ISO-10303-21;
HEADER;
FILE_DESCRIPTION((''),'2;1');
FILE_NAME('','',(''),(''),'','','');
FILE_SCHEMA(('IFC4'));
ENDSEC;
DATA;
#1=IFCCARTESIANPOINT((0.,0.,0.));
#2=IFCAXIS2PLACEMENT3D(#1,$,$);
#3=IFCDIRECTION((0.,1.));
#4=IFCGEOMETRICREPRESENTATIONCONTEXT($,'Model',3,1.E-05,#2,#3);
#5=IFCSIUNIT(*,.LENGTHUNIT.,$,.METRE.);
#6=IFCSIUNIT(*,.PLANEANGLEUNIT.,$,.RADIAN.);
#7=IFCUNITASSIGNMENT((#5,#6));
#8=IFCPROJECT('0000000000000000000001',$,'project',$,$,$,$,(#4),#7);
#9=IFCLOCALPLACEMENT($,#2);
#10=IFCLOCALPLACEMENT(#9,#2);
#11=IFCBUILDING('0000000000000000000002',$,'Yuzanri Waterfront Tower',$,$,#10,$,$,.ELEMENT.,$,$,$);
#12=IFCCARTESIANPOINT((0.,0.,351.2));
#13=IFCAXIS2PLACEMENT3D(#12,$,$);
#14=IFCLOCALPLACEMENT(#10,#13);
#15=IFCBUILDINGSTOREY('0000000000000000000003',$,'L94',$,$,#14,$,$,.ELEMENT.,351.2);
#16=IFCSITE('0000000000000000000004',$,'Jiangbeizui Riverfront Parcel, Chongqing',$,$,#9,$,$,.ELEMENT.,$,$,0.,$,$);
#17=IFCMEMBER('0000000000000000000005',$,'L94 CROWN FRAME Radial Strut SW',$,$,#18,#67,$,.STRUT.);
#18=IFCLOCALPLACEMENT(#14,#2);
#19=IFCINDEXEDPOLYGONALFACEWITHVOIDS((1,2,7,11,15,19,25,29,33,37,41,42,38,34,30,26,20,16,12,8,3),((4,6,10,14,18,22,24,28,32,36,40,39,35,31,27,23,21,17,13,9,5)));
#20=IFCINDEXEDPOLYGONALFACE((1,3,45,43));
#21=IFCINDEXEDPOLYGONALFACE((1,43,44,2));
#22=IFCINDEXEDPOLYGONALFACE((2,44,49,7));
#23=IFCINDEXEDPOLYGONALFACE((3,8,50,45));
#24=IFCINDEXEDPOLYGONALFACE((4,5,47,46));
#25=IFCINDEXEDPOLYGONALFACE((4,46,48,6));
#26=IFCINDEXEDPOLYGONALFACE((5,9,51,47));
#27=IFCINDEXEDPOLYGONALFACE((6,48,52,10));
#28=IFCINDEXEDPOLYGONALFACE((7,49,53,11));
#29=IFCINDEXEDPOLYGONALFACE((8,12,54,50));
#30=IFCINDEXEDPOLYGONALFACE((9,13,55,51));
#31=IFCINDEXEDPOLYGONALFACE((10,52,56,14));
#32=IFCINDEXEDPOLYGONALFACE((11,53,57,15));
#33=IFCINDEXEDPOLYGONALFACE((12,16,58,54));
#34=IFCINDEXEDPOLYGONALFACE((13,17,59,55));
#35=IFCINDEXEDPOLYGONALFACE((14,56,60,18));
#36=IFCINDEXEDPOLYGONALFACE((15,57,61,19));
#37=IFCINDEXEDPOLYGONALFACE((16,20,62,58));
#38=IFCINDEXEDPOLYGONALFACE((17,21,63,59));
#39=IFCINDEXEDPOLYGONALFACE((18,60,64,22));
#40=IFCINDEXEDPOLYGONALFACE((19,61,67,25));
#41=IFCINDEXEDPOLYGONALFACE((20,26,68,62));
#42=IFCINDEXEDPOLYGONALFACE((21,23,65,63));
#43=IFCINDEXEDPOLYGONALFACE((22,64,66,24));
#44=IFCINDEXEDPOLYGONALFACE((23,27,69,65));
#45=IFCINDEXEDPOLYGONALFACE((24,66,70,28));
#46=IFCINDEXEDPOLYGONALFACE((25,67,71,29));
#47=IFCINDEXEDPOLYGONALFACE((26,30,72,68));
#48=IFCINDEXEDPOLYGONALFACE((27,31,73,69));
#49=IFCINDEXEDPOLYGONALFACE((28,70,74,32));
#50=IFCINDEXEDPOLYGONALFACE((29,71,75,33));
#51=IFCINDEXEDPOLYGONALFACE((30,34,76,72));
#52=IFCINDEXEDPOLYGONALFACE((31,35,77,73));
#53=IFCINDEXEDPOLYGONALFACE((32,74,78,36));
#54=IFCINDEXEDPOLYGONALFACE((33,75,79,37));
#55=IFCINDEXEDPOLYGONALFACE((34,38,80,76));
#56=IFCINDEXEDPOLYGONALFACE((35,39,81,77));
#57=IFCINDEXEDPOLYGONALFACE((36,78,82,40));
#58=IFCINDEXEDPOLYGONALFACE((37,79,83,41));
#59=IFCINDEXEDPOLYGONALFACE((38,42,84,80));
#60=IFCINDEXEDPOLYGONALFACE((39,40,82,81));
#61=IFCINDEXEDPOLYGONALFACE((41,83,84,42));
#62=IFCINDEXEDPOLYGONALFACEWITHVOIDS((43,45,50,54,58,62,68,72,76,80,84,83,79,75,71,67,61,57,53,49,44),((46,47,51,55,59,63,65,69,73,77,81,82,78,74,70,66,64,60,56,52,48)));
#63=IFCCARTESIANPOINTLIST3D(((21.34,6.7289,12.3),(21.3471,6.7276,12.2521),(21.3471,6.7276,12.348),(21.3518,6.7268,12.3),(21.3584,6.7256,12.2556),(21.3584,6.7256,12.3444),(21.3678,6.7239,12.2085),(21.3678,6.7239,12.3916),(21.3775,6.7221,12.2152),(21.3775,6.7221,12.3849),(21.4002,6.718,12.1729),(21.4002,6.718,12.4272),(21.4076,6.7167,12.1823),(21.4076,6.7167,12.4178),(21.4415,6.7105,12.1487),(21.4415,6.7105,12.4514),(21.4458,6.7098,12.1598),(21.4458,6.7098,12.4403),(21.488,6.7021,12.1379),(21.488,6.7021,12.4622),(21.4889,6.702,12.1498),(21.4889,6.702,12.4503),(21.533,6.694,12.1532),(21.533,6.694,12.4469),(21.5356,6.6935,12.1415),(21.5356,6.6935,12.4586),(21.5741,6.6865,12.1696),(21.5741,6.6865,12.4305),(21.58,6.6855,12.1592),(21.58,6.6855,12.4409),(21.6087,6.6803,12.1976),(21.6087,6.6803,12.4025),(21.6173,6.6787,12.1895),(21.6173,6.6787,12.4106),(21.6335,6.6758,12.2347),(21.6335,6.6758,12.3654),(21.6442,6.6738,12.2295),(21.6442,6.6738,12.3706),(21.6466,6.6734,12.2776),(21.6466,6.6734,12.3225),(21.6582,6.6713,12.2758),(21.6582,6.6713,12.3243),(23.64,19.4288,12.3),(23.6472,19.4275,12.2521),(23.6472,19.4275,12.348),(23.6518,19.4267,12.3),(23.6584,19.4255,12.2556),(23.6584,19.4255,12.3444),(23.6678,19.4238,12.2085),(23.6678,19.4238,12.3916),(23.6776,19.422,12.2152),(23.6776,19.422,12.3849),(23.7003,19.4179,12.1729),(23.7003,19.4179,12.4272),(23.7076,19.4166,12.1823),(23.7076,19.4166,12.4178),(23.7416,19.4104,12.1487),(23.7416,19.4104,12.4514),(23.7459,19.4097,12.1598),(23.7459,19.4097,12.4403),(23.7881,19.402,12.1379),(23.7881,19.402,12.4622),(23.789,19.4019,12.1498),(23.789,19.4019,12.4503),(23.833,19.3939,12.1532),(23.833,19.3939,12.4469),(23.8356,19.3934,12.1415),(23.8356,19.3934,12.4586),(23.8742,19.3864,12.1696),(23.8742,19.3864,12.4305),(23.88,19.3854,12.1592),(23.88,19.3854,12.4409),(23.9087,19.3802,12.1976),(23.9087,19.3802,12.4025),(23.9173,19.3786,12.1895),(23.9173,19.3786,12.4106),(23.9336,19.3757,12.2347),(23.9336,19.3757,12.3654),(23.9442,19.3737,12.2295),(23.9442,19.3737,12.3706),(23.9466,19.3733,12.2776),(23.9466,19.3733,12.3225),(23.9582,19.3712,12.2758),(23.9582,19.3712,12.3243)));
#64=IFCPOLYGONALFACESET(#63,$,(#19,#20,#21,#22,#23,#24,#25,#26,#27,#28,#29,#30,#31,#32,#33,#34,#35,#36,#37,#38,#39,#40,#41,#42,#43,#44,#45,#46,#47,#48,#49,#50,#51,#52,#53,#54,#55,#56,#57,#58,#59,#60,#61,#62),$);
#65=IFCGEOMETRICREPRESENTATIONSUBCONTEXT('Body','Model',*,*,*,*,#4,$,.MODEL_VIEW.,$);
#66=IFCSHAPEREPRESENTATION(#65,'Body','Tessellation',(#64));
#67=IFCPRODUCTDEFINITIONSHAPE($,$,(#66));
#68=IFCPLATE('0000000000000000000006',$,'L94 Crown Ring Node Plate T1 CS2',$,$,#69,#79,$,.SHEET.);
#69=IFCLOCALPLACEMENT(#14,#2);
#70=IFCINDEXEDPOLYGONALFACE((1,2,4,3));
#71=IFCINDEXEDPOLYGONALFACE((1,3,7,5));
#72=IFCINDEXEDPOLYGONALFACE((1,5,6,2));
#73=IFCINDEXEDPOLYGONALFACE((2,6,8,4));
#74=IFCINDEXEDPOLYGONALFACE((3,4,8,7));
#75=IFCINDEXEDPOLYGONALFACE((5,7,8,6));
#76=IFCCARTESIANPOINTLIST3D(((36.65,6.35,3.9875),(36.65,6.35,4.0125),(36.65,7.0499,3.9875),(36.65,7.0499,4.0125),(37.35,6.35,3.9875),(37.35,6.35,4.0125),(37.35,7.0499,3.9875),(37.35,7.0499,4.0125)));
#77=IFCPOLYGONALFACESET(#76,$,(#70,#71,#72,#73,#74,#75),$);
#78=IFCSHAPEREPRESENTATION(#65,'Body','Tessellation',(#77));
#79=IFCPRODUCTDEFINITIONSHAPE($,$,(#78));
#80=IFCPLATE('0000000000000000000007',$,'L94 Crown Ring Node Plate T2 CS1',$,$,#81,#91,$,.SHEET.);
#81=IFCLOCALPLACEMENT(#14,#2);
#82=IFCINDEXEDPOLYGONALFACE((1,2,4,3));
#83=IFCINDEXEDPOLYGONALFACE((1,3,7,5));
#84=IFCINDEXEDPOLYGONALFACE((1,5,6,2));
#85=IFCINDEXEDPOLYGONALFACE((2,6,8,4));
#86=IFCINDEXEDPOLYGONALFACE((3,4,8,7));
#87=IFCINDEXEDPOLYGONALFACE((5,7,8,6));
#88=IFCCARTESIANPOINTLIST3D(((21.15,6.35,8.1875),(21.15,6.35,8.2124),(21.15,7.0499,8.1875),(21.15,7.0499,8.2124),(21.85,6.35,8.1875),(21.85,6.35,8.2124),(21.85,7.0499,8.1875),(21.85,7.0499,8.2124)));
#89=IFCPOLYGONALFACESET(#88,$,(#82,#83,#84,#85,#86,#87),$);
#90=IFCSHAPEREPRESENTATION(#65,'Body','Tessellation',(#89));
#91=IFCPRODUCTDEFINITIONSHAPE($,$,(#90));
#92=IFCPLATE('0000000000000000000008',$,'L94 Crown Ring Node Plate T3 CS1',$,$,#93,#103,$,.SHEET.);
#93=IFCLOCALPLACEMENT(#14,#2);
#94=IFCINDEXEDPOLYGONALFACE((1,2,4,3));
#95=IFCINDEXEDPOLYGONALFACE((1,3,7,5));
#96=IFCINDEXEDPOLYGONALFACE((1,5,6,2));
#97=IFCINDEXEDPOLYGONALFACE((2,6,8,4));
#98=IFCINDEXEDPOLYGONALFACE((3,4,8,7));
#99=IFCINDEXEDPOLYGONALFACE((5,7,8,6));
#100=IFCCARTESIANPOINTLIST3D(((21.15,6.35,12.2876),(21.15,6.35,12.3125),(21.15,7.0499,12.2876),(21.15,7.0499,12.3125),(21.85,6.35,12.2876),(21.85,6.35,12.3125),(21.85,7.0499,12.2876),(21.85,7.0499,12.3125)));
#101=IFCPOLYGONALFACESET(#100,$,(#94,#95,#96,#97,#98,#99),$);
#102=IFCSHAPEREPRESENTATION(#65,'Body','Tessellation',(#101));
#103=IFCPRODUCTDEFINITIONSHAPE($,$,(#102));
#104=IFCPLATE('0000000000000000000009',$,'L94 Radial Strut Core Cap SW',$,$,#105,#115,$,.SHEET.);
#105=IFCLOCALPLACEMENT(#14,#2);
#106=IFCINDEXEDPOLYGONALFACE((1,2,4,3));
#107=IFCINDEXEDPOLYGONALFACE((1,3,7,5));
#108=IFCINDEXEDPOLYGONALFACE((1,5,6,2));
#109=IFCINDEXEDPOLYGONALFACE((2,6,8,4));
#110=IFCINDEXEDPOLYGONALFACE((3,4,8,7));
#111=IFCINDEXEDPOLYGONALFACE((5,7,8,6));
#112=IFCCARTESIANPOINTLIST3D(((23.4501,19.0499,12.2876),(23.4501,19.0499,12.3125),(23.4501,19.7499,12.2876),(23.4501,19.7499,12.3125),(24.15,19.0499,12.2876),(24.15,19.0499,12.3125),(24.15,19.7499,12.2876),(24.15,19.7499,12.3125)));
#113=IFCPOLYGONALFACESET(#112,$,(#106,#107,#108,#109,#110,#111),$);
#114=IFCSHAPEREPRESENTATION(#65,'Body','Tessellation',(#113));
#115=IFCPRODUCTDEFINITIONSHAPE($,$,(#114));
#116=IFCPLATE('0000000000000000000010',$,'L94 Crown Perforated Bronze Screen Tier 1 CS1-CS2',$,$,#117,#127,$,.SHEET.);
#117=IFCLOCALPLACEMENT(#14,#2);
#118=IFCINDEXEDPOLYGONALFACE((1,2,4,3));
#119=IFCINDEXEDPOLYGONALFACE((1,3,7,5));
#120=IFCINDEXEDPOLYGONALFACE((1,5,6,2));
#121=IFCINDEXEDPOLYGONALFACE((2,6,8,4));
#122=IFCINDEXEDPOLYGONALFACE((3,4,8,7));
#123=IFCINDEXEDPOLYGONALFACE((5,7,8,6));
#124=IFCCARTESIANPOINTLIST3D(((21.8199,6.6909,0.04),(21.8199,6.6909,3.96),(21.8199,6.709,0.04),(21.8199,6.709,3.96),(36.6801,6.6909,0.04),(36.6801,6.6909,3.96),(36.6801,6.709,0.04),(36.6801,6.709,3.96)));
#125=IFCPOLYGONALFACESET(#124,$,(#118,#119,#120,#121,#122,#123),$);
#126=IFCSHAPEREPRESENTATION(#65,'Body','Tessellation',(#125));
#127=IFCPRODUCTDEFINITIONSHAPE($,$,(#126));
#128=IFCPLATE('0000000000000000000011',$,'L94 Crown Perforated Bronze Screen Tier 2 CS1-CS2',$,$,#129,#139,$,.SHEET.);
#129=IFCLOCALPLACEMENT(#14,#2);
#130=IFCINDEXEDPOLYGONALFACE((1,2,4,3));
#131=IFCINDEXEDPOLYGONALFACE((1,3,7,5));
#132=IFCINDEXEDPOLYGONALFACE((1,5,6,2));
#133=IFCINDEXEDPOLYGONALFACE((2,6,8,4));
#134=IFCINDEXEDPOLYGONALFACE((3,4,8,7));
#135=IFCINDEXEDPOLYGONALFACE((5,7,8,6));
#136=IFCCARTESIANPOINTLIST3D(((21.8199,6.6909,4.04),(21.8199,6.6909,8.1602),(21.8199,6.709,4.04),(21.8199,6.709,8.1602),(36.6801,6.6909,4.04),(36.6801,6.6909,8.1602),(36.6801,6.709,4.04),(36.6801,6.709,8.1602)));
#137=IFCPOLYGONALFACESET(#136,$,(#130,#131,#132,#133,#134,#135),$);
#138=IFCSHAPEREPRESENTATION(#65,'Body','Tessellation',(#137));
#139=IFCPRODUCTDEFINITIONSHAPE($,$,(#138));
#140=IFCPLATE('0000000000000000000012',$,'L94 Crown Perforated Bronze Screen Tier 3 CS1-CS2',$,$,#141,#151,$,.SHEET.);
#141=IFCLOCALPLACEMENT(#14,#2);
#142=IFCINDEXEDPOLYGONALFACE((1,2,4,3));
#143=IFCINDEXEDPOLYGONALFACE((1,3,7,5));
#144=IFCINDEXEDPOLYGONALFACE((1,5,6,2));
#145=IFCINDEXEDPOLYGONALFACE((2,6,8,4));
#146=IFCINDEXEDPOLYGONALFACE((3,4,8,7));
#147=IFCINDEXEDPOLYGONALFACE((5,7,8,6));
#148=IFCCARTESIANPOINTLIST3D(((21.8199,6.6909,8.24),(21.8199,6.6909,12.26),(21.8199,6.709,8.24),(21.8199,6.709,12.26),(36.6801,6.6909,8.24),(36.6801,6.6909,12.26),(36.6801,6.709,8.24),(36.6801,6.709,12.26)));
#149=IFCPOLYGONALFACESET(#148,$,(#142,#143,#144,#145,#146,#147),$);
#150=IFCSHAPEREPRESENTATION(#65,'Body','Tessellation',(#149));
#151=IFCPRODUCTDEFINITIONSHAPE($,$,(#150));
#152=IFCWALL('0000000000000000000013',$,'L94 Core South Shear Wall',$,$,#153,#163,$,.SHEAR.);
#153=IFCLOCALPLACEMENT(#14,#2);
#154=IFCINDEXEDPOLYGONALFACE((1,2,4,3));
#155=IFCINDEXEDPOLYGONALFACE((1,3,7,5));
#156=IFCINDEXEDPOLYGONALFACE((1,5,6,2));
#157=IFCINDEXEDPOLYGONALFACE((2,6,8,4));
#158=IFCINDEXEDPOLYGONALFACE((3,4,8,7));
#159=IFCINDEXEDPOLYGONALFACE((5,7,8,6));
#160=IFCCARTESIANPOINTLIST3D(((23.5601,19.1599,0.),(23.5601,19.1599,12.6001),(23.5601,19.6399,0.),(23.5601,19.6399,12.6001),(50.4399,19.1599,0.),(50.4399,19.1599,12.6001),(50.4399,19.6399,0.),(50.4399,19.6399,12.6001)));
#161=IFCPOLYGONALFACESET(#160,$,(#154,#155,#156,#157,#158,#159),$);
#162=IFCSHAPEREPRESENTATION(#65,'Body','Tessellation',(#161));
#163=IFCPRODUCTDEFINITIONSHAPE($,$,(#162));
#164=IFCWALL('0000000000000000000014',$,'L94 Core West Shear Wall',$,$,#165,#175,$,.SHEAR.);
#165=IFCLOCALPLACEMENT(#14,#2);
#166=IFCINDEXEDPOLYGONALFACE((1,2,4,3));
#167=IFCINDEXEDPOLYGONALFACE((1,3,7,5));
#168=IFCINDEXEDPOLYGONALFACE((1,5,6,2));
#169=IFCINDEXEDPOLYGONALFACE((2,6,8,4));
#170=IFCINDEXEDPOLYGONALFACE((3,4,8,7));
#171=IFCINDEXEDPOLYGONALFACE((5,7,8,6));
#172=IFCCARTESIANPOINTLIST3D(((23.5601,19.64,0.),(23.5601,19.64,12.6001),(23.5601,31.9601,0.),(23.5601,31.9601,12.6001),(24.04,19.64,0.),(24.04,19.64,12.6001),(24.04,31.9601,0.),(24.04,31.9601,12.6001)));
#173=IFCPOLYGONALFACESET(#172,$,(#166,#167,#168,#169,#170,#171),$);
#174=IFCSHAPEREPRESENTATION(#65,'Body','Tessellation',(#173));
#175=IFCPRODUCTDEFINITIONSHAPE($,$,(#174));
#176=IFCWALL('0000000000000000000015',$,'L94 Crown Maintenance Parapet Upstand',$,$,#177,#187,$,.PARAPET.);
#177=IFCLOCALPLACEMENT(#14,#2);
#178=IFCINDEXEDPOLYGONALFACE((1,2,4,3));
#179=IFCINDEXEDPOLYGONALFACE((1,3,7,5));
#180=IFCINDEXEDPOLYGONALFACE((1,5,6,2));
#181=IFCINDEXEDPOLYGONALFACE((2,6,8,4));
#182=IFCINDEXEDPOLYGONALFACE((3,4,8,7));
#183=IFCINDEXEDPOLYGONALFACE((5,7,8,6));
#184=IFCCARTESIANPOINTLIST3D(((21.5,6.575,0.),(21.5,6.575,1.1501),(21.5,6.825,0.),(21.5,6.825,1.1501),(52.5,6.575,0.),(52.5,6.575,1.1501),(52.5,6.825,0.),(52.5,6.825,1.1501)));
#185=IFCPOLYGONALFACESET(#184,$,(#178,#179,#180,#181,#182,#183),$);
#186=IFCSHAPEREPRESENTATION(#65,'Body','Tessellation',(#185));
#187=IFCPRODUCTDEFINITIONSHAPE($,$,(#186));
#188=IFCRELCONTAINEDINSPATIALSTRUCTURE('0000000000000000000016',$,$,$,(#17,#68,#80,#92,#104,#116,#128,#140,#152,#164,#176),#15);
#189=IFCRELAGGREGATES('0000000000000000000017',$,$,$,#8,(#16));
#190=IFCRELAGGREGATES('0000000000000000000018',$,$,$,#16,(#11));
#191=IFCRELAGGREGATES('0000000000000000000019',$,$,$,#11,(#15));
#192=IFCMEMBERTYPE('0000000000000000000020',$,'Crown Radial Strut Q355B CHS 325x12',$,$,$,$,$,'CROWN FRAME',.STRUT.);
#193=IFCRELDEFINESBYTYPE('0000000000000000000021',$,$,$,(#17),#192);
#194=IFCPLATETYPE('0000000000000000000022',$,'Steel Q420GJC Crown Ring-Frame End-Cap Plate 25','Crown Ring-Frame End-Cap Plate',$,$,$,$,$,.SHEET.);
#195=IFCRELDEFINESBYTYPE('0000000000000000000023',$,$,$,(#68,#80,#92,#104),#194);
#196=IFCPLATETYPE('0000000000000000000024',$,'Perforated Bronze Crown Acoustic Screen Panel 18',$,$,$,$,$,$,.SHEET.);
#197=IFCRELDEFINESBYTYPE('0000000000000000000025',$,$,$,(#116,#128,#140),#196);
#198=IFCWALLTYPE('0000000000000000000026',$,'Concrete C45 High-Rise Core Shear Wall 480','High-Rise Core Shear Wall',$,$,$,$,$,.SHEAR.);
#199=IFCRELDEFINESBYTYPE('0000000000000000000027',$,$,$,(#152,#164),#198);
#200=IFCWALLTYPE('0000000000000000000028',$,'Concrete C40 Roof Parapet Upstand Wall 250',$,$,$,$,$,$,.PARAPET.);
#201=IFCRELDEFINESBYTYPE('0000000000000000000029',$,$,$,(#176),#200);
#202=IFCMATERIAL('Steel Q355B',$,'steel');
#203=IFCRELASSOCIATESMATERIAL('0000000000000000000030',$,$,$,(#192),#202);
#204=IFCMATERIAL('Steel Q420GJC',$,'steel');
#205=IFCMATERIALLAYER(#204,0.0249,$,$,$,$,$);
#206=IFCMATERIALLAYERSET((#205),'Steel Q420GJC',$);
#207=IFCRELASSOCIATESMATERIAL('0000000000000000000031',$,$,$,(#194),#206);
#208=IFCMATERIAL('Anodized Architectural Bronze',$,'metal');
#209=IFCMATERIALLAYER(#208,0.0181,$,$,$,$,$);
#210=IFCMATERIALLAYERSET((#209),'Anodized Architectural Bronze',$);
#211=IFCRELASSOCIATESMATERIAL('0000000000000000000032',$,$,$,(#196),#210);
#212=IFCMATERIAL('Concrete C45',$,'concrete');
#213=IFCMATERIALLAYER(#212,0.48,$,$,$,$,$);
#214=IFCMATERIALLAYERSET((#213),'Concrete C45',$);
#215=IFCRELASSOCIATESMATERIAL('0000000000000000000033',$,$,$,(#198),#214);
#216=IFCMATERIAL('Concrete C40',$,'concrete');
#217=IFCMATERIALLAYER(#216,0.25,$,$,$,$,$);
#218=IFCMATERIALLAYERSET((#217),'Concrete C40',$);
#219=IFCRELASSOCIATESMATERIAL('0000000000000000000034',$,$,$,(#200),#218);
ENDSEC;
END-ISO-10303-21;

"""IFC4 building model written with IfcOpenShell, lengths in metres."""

from ifc_helpers import new_model, si_unit, direction, frame, frame_2d, origin, origin_2d, place, context, subcontext, project, spatial, rectangle, hollow_circle, extrude, source, transform, mapped, material, layer, layer_set, material_profile, profile_set, type_object, element, save


model = new_model("IFC4")

# Units and contexts
model_context = context("Model", 3, precision=1e-05, world=origin(), true_north=direction((0.0, 1.0)))
body_context = subcontext(model_context, "Body", "Model", "MODEL_VIEW")
ifc_project = project(units=[si_unit("LENGTHUNIT", "METRE"), si_unit("PLANEANGLEUNIT", "RADIAN")], contexts=[model_context])

# Site, building, storey
site_placement = place(None, origin())
site = spatial("IfcSite", under=ifc_project, at=site_placement, Name="Jiangbeizui Riverfront Parcel, Chongqing", CompositionType="ELEMENT", RefElevation=0.0)
building_placement = place(site_placement, origin())
building = spatial("IfcBuilding", under=site, at=building_placement, Name="Yuzanri Waterfront Tower", CompositionType="ELEMENT")
storey_placement = place(building_placement, frame((0.0, 0.0, 351.2)))
storey = spatial("IfcBuildingStorey", under=building, at=storey_placement, Name="L94", CompositionType="ELEMENT", Elevation=351.2)

# Member
ifc_material_1 = material(Name="Steel Q355B", Category="steel")
ifc_material_profile_1 = material_profile(ifc_material_1, hollow_circle(Radius=0.1626, WallThickness=0.012, at=origin_2d()), Name="CHS 325x12")
ifc_profile_set_1 = profile_set([ifc_material_profile_1], Name="Steel Q355B")
member_type_1 = type_object("IfcMemberType", Name="Crown Radial Strut Q355B CHS 325x12", ElementType="CROWN FRAME", PredefinedType="STRUT", material=ifc_profile_set_1)
shared_shape_1 = source(origin(), body_context, "Body", "SweptSolid", [
    extrude(hollow_circle(Radius=0.1626, WallThickness=0.012, at=origin_2d()), origin(), (0.0, 0.0, 1.0), 12.9065),
])
member_1_placement = place(storey_placement, frame((21.5, 6.7, 12.3), z_axis=(0.178208, 0.983993, 0.0), x_axis=(-0.983993, 0.178208, 0.0)))
element("IfcMember", 1, at=member_1_placement, inside=storey, type_object=member_type_1, Name="L94 CROWN FRAME Radial Strut SW", PredefinedType="STRUT", context=body_context, shape_type="MappedRepresentation", body=[
    mapped(shared_shape_1, transform((0.0, 0.0, 0.0), scale=1.0)),
])

# Plates
ifc_material_2 = material(Name="Steel Q420GJC", Category="steel")
ifc_layer_1 = layer(ifc_material_2, 0.0249)
ifc_layer_set_1 = layer_set([ifc_layer_1], Name="Steel Q420GJC")
plate_type_1 = type_object("IfcPlateType", Name="Steel Q420GJC Crown Ring-Frame End-Cap Plate 25", Description="Crown Ring-Frame End-Cap Plate", PredefinedType="SHEET", material=ifc_layer_set_1)
shared_shape_2 = source(origin(), body_context, "Body", "SweptSolid", [
    extrude(rectangle(XDim=0.7, YDim=0.7, at=origin_2d()), origin(), (0.0, 0.0, 1.0), 0.0249),
])
for number, where, z_axis, x_axis, name in (
    (2, (37.0, 6.7, 3.9875), (0.0, 0.0, 1.0), (1.0, 0.0, 0.0), "L94 Crown Ring Node Plate T1 CS2"),
    (3, (21.5, 6.7, 8.1875), (0.0, 0.0, 1.0), (1.0, 0.0, 0.0), "L94 Crown Ring Node Plate T2 CS1"),
    (4, (21.5, 6.7, 12.2876), (0.0, 0.0, 1.0), (1.0, 0.0, 0.0), "L94 Crown Ring Node Plate T3 CS1"),
    (5, (23.8, 19.3999, 12.2876), (0.0, 0.0, 1.0), (1.0, 0.0, 0.0), "L94 Radial Strut Core Cap SW"),
):
    element("IfcPlate", number, at=place(storey_placement, frame(where, z_axis=z_axis, x_axis=x_axis)), inside=storey, type_object=plate_type_1, Name=name, PredefinedType="SHEET", context=body_context, shape_type="MappedRepresentation", body=[
        mapped(shared_shape_2, transform((0.0, 0.0, 0.0), scale=1.0)),
    ])
ifc_material_3 = material(Name="Anodized Architectural Bronze", Category="metal")
ifc_layer_2 = layer(ifc_material_3, 0.0181)
ifc_layer_set_2 = layer_set([ifc_layer_2], Name="Anodized Architectural Bronze")
plate_type_2 = type_object("IfcPlateType", Name="Perforated Bronze Crown Acoustic Screen Panel 18", PredefinedType="SHEET", material=ifc_layer_set_2)
shared_shape_3 = source(origin(), body_context, "Body", "SweptSolid", [
    extrude(rectangle(XDim=14.8601, YDim=0.0181, at=origin_2d()), origin(), (0.0, 0.0, 1.0), 3.9199),
])
plate_1_placement = place(storey_placement, frame((29.25, 6.7, 0.04), z_axis=(0.0, 0.0, 1.0), x_axis=(1.0, 0.0, 0.0)))
element("IfcPlate", 6, at=plate_1_placement, inside=storey, type_object=plate_type_2, Name="L94 Crown Perforated Bronze Screen Tier 1 CS1-CS2", PredefinedType="SHEET", context=body_context, shape_type="MappedRepresentation", body=[
    mapped(shared_shape_3, transform((0.0, 0.0, 0.0), scale=1.0)),
])
shared_shape_4 = source(origin(), body_context, "Body", "SweptSolid", [
    extrude(rectangle(XDim=14.8601, YDim=0.0181, at=origin_2d()), origin(), (0.0, 0.0, 1.0), 4.1201),
])
plate_2_placement = place(storey_placement, frame((29.25, 6.7, 4.04), z_axis=(0.0, 0.0, 1.0), x_axis=(1.0, 0.0, 0.0)))
element("IfcPlate", 7, at=plate_2_placement, inside=storey, type_object=plate_type_2, Name="L94 Crown Perforated Bronze Screen Tier 2 CS1-CS2", PredefinedType="SHEET", context=body_context, shape_type="MappedRepresentation", body=[
    mapped(shared_shape_4, transform((0.0, 0.0, 0.0), scale=1.0)),
])
shared_shape_5 = source(origin(), body_context, "Body", "SweptSolid", [
    extrude(rectangle(XDim=14.8601, YDim=0.0181, at=origin_2d()), origin(), (0.0, 0.0, 1.0), 4.02),
])
plate_3_placement = place(storey_placement, frame((29.25, 6.7, 8.24), z_axis=(0.0, 0.0, 1.0), x_axis=(1.0, 0.0, 0.0)))
element("IfcPlate", 8, at=plate_3_placement, inside=storey, type_object=plate_type_2, Name="L94 Crown Perforated Bronze Screen Tier 3 CS1-CS2", PredefinedType="SHEET", context=body_context, shape_type="MappedRepresentation", body=[
    mapped(shared_shape_5, transform((0.0, 0.0, 0.0), scale=1.0)),
])

# Walls
ifc_material_4 = material(Name="Concrete C45", Category="concrete")
ifc_layer_3 = layer(ifc_material_4, 0.48)
ifc_layer_set_3 = layer_set([ifc_layer_3], Name="Concrete C45")
wall_type_1 = type_object("IfcWallType", Name="Concrete C45 High-Rise Core Shear Wall 480", Description="High-Rise Core Shear Wall", PredefinedType="SHEAR", material=ifc_layer_set_3)
shared_shape_6 = source(origin(), body_context, "Body", "SweptSolid", [
    extrude(rectangle(XDim=26.8799, YDim=0.48, at=frame_2d((13.4399, 0.0))), origin(), (0.0, 0.0, 1.0), 12.6001),
])
wall_1_placement = place(storey_placement, frame((23.5601, 19.3999, 0.0), z_axis=(0.0, 0.0, 1.0), x_axis=(1.0, 0.0, 0.0)))
element("IfcWall", 9, at=wall_1_placement, inside=storey, type_object=wall_type_1, Name="L94 Core South Shear Wall", PredefinedType="SHEAR", context=body_context, shape_type="MappedRepresentation", body=[
    mapped(shared_shape_6, transform((0.0, 0.0, 0.0), scale=1.0)),
])
shared_shape_7 = source(origin(), body_context, "Body", "SweptSolid", [
    extrude(rectangle(XDim=12.3201, YDim=0.48, at=frame_2d((6.1602, 0.0))), origin(), (0.0, 0.0, 1.0), 12.6001),
])
wall_2_placement = place(storey_placement, frame((23.8, 19.6399, 0.0), z_axis=(0.0, 0.0, 1.0), x_axis=(0.0, 1.0, 0.0)))
element("IfcWall", 10, at=wall_2_placement, inside=storey, type_object=wall_type_1, Name="L94 Core West Shear Wall", PredefinedType="SHEAR", context=body_context, shape_type="MappedRepresentation", body=[
    mapped(shared_shape_7, transform((0.0, 0.0, 0.0), scale=1.0)),
])
ifc_material_5 = material(Name="Concrete C40", Category="concrete")
ifc_layer_4 = layer(ifc_material_5, 0.25)
ifc_layer_set_4 = layer_set([ifc_layer_4], Name="Concrete C40")
wall_type_2 = type_object("IfcWallType", Name="Concrete C40 Roof Parapet Upstand Wall 250", PredefinedType="PARAPET", material=ifc_layer_set_4)
shared_shape_8 = source(origin(), body_context, "Body", "SweptSolid", [
    extrude(rectangle(XDim=31.0, YDim=0.25, at=frame_2d((15.5, 0.0))), origin(), (0.0, 0.0, 1.0), 1.1501),
])
wall_3_placement = place(storey_placement, frame((21.5, 6.7, 0.0), z_axis=(0.0, 0.0, 1.0), x_axis=(1.0, 0.0, 0.0)))
element("IfcWall", 11, at=wall_3_placement, inside=storey, type_object=wall_type_2, Name="L94 Crown Maintenance Parapet Upstand", PredefinedType="PARAPET", context=body_context, shape_type="MappedRepresentation", body=[
    mapped(shared_shape_8, transform((0.0, 0.0, 0.0), scale=1.0)),
])

save(model, "model.ifc")
